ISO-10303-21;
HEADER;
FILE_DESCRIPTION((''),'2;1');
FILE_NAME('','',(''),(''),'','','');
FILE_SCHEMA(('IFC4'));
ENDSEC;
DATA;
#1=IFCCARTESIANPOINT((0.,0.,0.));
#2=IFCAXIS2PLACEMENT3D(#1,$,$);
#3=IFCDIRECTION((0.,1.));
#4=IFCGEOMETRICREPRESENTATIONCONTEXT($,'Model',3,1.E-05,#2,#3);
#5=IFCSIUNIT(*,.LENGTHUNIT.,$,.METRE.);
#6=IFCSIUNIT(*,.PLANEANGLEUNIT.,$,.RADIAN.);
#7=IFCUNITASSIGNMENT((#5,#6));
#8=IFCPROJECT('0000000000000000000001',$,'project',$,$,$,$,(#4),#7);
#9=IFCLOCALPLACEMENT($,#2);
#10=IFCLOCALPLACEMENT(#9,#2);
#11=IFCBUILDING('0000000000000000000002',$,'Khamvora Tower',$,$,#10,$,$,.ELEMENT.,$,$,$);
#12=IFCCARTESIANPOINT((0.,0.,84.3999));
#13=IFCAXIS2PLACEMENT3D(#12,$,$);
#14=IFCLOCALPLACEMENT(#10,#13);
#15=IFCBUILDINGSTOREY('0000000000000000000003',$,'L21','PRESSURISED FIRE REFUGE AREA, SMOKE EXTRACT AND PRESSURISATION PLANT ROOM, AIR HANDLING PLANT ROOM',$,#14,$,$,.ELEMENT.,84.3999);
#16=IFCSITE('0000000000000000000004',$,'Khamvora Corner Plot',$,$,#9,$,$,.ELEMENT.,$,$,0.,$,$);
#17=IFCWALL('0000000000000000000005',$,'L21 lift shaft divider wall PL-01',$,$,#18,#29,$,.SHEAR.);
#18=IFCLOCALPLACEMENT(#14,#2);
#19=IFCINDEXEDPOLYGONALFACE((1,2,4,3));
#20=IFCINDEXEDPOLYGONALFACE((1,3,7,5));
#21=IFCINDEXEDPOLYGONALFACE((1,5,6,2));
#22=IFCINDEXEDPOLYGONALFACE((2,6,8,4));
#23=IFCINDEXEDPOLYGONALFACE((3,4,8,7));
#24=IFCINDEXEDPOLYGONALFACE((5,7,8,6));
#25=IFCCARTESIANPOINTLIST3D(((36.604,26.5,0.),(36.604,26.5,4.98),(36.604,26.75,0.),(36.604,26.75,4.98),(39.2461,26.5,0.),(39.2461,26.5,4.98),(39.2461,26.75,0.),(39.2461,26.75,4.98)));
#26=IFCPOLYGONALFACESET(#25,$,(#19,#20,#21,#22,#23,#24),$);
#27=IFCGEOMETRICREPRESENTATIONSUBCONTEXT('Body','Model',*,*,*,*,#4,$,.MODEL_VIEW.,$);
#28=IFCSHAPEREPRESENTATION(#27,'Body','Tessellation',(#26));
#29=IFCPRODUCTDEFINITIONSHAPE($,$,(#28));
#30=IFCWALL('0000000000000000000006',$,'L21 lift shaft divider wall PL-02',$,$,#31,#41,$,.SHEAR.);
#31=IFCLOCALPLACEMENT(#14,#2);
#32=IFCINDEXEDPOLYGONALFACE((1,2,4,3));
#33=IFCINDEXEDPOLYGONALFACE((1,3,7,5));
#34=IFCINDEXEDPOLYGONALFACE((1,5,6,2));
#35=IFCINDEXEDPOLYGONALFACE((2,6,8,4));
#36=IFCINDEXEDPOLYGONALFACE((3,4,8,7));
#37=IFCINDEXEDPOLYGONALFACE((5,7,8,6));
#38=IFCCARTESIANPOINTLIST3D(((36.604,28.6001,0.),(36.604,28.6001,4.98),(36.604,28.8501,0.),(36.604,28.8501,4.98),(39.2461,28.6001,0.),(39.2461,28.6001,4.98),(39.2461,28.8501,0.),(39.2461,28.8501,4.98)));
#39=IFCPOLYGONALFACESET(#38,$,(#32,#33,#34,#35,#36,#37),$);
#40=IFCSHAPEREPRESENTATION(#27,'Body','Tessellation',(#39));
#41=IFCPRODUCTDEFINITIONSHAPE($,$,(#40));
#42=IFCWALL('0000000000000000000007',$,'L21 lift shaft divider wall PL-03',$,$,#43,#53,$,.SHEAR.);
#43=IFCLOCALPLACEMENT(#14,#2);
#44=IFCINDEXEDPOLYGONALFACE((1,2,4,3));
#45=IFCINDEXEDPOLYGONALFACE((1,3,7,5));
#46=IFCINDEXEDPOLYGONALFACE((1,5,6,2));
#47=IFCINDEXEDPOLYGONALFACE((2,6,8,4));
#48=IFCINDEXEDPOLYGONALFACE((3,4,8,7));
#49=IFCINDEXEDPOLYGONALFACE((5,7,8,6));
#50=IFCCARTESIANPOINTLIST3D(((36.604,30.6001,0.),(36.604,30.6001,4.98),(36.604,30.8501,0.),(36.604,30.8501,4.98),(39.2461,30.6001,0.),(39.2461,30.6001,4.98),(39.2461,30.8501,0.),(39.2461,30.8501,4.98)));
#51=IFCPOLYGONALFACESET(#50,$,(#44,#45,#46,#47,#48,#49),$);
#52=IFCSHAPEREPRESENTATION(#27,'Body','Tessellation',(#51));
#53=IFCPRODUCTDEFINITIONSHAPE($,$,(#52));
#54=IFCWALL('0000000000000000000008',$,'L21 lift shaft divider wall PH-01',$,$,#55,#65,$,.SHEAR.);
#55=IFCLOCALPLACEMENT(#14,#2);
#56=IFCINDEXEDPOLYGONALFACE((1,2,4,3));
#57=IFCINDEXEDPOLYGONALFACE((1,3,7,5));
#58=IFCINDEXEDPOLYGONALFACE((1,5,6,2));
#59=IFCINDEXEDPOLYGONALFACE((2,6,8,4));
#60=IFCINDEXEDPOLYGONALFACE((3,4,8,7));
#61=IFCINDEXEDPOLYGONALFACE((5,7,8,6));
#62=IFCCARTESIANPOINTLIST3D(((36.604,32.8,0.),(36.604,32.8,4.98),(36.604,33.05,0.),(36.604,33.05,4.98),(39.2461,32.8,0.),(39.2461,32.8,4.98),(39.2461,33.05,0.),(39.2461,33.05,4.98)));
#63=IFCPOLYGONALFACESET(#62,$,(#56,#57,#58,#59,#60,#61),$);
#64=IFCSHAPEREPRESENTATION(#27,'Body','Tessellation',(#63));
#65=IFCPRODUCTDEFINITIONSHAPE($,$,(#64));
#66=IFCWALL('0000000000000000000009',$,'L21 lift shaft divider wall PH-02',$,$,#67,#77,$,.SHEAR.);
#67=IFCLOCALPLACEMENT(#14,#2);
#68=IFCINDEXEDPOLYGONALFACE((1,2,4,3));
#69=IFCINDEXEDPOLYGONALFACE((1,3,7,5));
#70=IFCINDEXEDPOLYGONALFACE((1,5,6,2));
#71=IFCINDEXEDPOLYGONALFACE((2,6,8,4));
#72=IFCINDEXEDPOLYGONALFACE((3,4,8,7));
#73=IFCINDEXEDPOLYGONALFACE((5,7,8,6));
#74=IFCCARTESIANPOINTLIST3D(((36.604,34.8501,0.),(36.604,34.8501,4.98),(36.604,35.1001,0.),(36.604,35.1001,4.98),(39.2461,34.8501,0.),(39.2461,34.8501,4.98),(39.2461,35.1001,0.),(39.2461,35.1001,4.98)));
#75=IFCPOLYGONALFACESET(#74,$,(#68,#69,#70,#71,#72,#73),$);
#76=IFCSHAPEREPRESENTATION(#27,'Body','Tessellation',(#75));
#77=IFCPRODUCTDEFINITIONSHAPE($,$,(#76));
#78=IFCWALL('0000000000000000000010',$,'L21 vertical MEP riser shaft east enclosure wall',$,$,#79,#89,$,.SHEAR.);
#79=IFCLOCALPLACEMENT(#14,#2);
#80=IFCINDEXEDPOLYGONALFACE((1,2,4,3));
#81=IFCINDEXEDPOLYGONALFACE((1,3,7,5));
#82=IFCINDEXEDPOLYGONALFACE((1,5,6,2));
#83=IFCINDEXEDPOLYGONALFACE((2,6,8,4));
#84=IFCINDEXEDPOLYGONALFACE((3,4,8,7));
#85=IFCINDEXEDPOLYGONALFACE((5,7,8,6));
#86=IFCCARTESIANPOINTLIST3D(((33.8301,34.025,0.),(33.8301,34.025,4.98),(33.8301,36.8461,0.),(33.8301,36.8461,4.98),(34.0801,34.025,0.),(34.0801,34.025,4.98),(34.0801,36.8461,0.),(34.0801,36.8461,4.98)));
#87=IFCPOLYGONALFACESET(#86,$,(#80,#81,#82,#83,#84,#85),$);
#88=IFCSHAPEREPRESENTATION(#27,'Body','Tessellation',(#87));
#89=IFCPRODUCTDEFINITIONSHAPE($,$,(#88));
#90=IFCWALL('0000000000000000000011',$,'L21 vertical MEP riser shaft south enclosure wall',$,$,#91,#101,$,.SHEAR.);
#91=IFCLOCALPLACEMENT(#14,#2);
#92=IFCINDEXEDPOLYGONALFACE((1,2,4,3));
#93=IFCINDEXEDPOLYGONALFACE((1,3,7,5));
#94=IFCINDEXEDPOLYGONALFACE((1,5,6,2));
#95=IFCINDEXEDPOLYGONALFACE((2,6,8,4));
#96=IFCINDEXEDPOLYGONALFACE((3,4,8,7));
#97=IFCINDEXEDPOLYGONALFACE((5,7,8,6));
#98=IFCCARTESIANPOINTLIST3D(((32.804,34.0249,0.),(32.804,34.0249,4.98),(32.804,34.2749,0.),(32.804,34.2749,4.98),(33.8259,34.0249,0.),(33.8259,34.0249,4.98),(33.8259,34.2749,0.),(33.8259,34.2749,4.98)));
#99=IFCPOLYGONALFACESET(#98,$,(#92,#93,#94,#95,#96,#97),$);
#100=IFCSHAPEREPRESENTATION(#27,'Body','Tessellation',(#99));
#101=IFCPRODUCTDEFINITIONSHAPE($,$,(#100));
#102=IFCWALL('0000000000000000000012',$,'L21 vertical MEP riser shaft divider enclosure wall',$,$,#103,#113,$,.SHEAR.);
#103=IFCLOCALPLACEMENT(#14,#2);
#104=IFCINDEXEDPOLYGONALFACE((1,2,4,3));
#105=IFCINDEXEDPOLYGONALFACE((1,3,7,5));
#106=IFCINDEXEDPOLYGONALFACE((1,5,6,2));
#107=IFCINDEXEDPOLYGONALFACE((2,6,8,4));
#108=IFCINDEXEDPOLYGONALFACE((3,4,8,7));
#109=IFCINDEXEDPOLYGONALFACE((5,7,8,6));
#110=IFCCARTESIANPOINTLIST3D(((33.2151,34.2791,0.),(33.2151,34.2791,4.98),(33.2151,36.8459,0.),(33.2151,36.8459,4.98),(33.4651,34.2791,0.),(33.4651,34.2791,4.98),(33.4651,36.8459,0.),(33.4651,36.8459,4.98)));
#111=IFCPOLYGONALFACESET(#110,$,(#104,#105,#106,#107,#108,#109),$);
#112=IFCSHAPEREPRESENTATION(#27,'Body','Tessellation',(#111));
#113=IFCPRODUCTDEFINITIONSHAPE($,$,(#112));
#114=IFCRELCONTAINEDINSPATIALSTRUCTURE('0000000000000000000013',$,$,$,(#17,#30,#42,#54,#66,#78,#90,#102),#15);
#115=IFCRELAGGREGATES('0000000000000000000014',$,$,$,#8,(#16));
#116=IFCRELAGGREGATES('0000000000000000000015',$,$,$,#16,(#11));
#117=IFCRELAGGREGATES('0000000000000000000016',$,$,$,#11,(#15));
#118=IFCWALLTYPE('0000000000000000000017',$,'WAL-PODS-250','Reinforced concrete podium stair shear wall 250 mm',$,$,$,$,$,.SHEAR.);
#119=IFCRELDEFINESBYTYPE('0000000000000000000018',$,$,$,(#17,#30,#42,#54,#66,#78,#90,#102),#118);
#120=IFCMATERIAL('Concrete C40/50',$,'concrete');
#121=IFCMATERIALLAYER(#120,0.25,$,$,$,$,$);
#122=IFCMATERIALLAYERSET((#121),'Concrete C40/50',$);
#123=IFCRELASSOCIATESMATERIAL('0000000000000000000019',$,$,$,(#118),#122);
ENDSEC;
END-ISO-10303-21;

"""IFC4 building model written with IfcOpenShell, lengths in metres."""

from ifc_helpers import new_model, si_unit, direction, frame, frame_2d, origin, place, context, subcontext, project, spatial, rectangle, extrude, material, layer, layer_set, type_object, element, save


model = new_model("IFC4")

# Units and contexts
model_context = context("Model", 3, precision=1e-05, world=origin(), true_north=direction((0.0, 1.0)))
body_context = subcontext(model_context, "Body", "Model", "MODEL_VIEW")
ifc_project = project(units=[si_unit("LENGTHUNIT", "METRE"), si_unit("PLANEANGLEUNIT", "RADIAN")], contexts=[model_context])

# Site, building, storey
site_placement = place(None, origin())
site = spatial("IfcSite", under=ifc_project, at=site_placement, Name="Khamvora Corner Plot", CompositionType="ELEMENT", RefElevation=0.0)
building_placement = place(site_placement, origin())
building = spatial("IfcBuilding", under=site, at=building_placement, Name="Khamvora Tower", CompositionType="ELEMENT")
storey_placement = place(building_placement, frame((0.0, 0.0, 84.3999)))
storey = spatial("IfcBuildingStorey", under=building, at=storey_placement, Name="L21", Description="PRESSURISED FIRE REFUGE AREA, SMOKE EXTRACT AND PRESSURISATION PLANT ROOM, AIR HANDLING PLANT ROOM", CompositionType="ELEMENT", Elevation=84.3999)

# Walls
ifc_material_1 = material(Name="Concrete C40/50", Category="concrete")
ifc_layer_1 = layer(ifc_material_1, 0.25)
ifc_layer_set_1 = layer_set([ifc_layer_1], Name="Concrete C40/50")
wall_type_1 = type_object("IfcWallType", Name="WAL-PODS-250", Description="Reinforced concrete podium stair shear wall 250 mm", PredefinedType="SHEAR", material=ifc_layer_set_1)
for number, where, z_axis, x_axis, name in (
    (1, (36.604, 26.625, 0.0), (0.0, 0.0, 1.0), (1.0, 0.0, 0.0), "L21 lift shaft divider wall PL-01"),
    (2, (36.604, 28.7251, 0.0), (0.0, 0.0, 1.0), (1.0, 0.0, 0.0), "L21 lift shaft divider wall PL-02"),
    (3, (36.604, 30.7251, 0.0), (0.0, 0.0, 1.0), (1.0, 0.0, 0.0), "L21 lift shaft divider wall PL-03"),
    (4, (36.604, 32.925, 0.0), (0.0, 0.0, 1.0), (1.0, 0.0, 0.0), "L21 lift shaft divider wall PH-01"),
    (5, (36.604, 34.9751, 0.0), (0.0, 0.0, 1.0), (1.0, 0.0, 0.0), "L21 lift shaft divider wall PH-02"),
):
    element("IfcWall", number, at=place(storey_placement, frame(where, z_axis=z_axis, x_axis=x_axis)), inside=storey, type_object=wall_type_1, Name=name, PredefinedType="SHEAR", context=body_context, shape_type="SweptSolid", body=[
        extrude(rectangle(XDim=2.6421, YDim=0.25, at=frame_2d((1.321, 0.0))), origin(), (0.0, 0.0, 1.0), 4.98),
    ])
wall_1_placement = place(storey_placement, frame((33.9551, 34.0249, 0.0), z_axis=(0.0, 0.0, 1.0), x_axis=(0.0, 1.0, 0.0)))
element("IfcWall", 6, at=wall_1_placement, inside=storey, type_object=wall_type_1, Name="L21 vertical MEP riser shaft east enclosure wall", PredefinedType="SHEAR", context=body_context, shape_type="SweptSolid", body=[
    extrude(rectangle(XDim=2.821, YDim=0.25, at=frame_2d((1.4106, 0.0))), origin(), (0.0, 0.0, 1.0), 4.98),
])
wall_2_placement = place(storey_placement, frame((32.804, 34.1499, 0.0), z_axis=(0.0, 0.0, 1.0), x_axis=(1.0, 0.0, 0.0)))
element("IfcWall", 7, at=wall_2_placement, inside=storey, type_object=wall_type_1, Name="L21 vertical MEP riser shaft south enclosure wall", PredefinedType="SHEAR", context=body_context, shape_type="SweptSolid", body=[
    extrude(rectangle(XDim=1.022, YDim=0.25, at=frame_2d((0.511, 0.0))), origin(), (0.0, 0.0, 1.0), 4.98),
])
wall_3_placement = place(storey_placement, frame((33.3401, 34.2791, 0.0), z_axis=(0.0, 0.0, 1.0), x_axis=(0.0, 1.0, 0.0)))
element("IfcWall", 8, at=wall_3_placement, inside=storey, type_object=wall_type_1, Name="L21 vertical MEP riser shaft divider enclosure wall", PredefinedType="SHEAR", context=body_context, shape_type="SweptSolid", body=[
    extrude(rectangle(XDim=2.5669, YDim=0.25, at=frame_2d((1.2834, 0.0))), origin(), (0.0, 0.0, 1.0), 4.98),
])

save(model, "model.ifc")
